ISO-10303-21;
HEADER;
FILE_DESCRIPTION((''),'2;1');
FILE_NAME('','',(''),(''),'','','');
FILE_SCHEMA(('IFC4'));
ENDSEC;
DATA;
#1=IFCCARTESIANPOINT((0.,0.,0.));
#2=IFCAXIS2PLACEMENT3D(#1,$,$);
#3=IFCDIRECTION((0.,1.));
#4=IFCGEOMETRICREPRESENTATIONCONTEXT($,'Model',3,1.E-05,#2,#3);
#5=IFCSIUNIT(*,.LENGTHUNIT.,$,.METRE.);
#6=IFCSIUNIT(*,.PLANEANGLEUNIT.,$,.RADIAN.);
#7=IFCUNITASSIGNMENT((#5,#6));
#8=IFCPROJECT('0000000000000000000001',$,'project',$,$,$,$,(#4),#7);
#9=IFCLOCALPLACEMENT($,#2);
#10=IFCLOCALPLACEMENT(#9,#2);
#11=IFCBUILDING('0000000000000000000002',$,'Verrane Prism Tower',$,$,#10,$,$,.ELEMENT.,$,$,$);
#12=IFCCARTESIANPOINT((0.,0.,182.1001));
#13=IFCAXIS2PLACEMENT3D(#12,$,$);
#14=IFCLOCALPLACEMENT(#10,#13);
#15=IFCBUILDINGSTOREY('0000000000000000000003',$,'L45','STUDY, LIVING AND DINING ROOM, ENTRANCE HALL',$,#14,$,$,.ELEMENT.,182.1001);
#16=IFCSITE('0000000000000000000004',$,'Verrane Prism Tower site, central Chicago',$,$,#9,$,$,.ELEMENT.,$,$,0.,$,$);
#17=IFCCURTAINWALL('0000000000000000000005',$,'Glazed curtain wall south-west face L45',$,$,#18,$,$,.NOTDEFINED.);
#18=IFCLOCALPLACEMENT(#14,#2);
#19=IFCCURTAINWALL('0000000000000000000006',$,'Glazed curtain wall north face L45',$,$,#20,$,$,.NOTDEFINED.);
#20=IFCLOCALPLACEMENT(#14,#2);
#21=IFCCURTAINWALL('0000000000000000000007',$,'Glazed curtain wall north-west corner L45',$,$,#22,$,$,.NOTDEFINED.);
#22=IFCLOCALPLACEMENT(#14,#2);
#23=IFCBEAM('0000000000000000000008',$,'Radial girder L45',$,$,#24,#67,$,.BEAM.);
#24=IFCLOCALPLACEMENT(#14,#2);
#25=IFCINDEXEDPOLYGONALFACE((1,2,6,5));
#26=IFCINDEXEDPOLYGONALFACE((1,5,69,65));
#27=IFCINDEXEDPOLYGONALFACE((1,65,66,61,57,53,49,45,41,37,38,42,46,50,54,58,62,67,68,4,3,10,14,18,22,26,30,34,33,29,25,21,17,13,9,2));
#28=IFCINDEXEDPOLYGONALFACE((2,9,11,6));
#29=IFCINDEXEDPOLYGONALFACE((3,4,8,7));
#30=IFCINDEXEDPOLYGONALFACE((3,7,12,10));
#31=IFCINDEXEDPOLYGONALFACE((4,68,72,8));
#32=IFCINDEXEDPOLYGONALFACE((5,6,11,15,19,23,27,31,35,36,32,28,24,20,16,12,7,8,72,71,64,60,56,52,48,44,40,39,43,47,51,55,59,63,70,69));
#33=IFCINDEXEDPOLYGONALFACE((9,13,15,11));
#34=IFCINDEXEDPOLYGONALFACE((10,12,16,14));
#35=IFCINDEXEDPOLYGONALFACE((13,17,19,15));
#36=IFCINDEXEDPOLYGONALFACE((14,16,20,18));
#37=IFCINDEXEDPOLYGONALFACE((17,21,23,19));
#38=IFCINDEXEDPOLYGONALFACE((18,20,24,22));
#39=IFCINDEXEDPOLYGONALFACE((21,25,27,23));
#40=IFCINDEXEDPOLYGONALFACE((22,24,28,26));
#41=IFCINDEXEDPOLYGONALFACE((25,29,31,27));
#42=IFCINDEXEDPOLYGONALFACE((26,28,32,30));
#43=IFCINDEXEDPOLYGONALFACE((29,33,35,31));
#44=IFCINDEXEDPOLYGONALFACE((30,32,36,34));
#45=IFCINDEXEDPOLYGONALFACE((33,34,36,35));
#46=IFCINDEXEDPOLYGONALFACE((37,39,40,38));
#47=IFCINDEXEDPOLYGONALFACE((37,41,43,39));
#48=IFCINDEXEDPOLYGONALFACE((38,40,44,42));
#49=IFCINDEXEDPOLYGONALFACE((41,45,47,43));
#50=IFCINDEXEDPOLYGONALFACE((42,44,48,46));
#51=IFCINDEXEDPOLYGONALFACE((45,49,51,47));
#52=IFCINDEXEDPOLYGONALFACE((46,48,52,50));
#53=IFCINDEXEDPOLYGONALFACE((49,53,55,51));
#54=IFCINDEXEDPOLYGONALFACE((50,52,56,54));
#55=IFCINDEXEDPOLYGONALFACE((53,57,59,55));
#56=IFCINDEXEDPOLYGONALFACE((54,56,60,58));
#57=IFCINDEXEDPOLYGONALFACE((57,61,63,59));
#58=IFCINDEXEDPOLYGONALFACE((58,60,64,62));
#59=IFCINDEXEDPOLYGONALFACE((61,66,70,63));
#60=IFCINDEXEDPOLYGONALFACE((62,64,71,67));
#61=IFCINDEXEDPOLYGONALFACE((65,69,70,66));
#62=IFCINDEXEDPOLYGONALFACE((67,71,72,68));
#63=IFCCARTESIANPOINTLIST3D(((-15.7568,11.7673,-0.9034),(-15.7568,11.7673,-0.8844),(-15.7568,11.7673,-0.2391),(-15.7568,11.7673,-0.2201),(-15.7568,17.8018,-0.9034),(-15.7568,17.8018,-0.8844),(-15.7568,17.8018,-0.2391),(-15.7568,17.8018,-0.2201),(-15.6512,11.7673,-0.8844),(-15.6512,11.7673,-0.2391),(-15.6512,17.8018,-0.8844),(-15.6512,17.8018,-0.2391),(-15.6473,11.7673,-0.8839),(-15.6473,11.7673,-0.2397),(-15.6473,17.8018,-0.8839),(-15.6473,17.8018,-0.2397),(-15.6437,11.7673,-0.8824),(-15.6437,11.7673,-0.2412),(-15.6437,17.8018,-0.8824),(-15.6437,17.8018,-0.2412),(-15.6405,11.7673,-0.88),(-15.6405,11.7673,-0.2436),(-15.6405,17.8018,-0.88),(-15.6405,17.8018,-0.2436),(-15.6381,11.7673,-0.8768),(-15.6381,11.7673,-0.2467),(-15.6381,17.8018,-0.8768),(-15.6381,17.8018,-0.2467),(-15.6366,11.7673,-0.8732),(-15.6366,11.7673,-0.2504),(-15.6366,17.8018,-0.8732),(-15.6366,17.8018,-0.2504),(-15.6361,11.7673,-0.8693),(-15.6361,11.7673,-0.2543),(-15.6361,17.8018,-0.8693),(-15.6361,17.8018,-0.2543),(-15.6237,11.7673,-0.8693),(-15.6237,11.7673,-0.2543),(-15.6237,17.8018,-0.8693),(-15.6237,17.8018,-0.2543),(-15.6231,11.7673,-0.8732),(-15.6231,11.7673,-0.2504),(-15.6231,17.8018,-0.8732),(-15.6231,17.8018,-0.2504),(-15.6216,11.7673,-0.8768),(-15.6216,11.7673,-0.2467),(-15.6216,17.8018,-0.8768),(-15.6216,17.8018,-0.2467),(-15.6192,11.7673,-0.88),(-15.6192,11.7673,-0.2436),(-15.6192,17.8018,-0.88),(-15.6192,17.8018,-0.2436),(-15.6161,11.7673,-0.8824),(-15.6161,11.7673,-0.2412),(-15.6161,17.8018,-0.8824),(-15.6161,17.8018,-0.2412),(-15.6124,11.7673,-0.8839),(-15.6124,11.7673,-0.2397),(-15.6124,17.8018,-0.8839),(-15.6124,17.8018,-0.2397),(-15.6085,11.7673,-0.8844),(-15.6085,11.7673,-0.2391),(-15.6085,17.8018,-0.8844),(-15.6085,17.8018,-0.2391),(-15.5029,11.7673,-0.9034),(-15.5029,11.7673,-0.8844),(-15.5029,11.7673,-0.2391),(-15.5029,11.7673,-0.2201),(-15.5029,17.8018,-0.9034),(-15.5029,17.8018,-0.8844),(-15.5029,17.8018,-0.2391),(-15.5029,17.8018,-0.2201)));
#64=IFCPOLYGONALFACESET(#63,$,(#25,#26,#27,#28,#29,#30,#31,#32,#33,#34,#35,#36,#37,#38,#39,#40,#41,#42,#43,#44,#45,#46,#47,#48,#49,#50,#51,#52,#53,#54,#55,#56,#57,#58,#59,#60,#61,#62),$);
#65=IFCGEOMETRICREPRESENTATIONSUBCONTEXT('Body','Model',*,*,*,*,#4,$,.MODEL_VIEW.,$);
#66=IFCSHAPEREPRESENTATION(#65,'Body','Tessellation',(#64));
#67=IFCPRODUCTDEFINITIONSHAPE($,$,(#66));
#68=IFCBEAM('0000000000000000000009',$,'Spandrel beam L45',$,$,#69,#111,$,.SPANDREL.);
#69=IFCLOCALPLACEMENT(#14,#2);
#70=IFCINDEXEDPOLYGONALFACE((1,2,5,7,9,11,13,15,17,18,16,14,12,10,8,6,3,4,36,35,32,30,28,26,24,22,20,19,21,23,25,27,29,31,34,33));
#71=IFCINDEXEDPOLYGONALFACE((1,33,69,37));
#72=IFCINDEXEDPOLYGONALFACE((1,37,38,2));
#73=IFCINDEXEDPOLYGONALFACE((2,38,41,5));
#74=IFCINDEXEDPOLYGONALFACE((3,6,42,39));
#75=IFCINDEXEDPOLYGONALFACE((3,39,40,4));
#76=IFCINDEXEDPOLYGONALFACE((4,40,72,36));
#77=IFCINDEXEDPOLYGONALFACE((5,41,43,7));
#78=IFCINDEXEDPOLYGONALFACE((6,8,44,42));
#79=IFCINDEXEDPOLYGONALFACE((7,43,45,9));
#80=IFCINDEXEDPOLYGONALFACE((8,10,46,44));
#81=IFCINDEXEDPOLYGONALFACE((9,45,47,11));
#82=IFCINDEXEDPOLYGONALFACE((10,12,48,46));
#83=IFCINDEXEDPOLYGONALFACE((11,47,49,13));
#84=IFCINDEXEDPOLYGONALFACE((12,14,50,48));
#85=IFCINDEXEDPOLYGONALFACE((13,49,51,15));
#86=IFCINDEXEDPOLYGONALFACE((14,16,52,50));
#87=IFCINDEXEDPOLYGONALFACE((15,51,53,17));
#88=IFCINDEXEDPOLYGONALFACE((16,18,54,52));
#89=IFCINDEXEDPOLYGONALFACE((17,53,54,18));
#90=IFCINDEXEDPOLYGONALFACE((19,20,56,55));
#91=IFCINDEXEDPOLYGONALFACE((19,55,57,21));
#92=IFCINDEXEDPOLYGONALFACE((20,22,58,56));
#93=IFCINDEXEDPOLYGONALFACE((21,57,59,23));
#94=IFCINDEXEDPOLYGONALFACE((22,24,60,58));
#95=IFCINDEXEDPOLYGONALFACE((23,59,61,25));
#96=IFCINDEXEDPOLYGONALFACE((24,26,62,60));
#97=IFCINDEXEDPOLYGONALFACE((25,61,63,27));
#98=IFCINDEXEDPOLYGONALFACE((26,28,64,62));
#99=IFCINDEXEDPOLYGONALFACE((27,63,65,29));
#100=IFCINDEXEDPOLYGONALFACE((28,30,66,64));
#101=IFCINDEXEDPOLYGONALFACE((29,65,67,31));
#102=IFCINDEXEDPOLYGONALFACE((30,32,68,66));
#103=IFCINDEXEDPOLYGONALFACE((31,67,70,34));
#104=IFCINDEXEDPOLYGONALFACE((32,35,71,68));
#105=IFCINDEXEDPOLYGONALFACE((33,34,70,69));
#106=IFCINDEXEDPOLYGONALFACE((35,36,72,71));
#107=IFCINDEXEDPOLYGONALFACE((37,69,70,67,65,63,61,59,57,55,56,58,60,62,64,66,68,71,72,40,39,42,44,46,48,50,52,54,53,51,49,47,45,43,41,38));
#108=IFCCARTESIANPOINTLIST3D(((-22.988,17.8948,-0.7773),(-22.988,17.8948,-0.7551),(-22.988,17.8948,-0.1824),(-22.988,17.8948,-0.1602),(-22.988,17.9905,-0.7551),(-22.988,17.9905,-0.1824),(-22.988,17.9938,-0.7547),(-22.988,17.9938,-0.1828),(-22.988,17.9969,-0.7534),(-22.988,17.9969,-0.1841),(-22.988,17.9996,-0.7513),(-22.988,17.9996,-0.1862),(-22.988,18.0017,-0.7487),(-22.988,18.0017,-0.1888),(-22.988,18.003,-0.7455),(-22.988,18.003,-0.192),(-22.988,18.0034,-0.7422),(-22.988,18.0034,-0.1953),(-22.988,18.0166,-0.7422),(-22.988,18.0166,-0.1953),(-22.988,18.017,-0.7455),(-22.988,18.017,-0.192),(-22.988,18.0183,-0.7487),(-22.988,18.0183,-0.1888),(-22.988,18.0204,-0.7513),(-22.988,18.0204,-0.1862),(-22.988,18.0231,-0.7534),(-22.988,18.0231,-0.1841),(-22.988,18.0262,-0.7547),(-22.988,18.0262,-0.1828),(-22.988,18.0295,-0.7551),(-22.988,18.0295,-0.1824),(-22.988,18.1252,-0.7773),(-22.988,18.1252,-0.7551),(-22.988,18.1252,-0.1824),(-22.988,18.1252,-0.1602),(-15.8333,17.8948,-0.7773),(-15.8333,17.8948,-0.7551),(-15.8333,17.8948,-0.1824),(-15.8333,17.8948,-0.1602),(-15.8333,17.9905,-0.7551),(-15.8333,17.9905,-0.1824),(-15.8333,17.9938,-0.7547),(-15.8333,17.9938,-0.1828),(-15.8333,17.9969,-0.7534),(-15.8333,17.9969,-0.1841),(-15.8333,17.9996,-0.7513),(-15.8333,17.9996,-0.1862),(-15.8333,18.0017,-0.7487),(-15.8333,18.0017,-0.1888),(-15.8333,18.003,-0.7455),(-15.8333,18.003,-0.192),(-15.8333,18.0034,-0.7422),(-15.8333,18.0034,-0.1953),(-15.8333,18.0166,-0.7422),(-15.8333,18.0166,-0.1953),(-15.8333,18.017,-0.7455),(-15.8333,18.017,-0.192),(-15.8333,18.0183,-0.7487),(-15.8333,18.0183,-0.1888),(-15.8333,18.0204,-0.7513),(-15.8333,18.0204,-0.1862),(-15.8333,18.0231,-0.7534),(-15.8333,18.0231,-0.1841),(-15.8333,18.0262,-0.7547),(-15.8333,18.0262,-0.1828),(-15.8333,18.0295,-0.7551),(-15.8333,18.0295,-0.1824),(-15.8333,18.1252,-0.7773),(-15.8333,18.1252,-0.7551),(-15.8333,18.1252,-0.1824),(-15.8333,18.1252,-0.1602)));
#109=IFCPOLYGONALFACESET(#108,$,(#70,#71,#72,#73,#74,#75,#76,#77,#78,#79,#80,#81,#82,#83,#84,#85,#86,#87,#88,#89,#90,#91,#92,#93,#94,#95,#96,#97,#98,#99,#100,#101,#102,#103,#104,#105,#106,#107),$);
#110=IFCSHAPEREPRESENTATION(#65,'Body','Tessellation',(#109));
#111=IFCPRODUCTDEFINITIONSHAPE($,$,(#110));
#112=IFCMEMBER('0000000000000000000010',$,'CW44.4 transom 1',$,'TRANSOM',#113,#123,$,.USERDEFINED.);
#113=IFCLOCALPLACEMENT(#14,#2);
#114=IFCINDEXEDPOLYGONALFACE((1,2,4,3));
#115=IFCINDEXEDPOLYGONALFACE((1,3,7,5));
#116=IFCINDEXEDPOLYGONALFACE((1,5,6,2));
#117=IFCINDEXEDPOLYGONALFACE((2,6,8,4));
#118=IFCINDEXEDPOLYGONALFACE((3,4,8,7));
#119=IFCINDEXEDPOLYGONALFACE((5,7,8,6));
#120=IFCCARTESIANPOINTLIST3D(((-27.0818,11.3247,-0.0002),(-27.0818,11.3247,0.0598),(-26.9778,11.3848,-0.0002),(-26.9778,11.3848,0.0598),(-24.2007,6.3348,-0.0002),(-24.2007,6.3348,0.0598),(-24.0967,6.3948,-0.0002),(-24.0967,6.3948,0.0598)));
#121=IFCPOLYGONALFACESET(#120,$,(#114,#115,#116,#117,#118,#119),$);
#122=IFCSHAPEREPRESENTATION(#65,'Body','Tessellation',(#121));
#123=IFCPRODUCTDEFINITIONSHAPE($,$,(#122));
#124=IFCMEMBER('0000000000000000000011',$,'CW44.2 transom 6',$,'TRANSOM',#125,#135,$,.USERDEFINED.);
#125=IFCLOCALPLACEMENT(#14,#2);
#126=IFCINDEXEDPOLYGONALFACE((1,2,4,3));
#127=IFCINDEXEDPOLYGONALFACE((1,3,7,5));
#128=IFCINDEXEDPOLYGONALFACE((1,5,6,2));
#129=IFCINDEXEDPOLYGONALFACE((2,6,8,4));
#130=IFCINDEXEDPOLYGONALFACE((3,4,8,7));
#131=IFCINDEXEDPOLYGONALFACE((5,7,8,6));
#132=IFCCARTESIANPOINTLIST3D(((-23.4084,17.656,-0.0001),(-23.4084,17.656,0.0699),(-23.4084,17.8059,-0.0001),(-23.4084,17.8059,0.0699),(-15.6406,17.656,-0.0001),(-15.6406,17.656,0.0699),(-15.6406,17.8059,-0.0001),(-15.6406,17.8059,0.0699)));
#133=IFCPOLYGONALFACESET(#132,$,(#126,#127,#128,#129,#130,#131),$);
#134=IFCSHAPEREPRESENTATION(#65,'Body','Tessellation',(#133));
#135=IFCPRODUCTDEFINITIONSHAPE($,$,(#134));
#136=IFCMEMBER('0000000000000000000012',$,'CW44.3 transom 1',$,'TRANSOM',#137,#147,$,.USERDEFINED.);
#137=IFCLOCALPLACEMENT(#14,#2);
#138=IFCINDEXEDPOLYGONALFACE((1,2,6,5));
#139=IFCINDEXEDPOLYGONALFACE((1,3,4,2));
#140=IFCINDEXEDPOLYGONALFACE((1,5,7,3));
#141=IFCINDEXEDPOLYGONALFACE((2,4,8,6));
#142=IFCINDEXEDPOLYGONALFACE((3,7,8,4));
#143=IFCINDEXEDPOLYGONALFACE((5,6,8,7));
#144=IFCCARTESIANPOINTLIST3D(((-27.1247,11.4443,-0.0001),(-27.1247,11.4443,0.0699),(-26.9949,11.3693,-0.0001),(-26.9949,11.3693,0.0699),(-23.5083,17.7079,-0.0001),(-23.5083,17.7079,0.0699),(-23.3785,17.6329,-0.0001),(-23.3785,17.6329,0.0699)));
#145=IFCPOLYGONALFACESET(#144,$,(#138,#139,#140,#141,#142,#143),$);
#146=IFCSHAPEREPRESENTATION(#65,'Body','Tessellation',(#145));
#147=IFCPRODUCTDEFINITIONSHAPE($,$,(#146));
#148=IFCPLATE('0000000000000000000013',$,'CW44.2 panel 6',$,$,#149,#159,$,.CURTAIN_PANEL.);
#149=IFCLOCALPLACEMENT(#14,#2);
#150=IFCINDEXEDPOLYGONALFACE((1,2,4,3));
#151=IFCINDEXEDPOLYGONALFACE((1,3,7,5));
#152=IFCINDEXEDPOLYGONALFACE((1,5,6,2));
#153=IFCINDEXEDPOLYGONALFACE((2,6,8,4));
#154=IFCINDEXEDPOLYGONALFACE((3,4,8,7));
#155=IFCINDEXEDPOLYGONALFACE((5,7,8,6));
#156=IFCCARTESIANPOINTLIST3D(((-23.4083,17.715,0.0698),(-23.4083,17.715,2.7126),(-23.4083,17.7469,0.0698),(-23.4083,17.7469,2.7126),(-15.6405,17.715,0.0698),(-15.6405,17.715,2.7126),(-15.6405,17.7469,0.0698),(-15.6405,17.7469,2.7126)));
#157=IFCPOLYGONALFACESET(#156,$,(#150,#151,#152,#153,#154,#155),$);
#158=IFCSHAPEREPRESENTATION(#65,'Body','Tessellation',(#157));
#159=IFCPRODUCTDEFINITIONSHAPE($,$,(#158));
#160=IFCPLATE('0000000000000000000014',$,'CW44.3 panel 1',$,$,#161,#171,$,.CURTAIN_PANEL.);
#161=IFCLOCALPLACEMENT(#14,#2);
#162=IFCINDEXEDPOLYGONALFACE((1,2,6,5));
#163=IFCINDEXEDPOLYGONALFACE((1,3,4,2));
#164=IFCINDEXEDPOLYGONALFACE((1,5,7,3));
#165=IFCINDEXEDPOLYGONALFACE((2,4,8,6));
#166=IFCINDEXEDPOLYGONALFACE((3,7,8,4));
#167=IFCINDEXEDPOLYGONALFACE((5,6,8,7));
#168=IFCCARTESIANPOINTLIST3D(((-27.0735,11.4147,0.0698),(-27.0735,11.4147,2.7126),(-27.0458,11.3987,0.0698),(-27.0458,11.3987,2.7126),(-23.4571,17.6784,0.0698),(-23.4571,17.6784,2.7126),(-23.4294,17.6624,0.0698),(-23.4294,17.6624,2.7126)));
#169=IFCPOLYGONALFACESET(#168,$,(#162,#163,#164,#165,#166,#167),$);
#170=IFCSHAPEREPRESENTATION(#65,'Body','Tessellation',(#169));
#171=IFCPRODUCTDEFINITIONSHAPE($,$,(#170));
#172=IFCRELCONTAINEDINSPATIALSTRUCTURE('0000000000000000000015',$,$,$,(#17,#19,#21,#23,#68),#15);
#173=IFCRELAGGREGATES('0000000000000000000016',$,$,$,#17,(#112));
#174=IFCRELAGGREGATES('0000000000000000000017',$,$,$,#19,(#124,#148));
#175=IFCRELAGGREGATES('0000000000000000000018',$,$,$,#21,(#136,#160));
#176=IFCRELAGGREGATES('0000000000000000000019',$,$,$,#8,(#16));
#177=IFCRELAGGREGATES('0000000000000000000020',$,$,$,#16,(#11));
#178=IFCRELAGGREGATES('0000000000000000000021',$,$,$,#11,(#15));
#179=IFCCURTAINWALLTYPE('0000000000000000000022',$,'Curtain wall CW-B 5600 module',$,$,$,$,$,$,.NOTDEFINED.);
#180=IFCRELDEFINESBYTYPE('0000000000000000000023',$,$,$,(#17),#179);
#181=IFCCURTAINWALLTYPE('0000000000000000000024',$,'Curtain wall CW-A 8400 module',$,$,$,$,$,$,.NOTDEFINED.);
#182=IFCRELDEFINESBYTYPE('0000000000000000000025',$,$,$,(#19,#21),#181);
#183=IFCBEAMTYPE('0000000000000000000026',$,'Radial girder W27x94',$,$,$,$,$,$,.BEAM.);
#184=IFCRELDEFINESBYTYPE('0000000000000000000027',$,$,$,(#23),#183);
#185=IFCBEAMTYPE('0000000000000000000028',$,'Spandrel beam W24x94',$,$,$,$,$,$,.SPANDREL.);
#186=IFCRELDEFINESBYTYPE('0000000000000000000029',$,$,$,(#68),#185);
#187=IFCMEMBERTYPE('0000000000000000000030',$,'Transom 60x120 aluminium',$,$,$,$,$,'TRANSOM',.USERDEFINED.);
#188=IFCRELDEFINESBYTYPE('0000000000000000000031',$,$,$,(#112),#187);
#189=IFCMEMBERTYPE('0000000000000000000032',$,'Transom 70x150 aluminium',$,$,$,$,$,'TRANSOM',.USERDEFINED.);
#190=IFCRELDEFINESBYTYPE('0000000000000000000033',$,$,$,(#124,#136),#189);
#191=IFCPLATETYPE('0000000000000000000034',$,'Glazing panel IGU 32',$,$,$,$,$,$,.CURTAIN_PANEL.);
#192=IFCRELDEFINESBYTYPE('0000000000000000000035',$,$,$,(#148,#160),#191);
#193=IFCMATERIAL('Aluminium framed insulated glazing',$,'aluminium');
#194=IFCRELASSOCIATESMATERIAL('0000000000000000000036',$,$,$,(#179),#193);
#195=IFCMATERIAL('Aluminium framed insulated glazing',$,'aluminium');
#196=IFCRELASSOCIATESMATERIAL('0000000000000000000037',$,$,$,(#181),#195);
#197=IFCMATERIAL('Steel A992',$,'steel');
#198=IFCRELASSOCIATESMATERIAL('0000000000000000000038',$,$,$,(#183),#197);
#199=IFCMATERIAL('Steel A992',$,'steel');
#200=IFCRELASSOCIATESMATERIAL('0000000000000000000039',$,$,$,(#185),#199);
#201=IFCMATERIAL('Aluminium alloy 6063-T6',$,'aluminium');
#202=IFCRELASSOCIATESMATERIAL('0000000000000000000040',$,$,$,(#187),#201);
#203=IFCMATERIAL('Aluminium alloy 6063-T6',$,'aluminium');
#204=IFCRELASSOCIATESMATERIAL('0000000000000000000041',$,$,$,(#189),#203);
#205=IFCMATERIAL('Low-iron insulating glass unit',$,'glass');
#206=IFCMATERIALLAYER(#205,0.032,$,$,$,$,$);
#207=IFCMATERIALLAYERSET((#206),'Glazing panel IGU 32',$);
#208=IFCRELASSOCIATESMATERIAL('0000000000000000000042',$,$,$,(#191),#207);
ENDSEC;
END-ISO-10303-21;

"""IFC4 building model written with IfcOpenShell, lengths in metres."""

from ifc_helpers import new_model, si_unit, direction, frame, origin, origin_2d, place, context, subcontext, project, spatial, rectangle, i_section, extrude, material, layer, layer_set, material_profile, profile_set, type_object, element, aggregate, save


model = new_model("IFC4")

# Units and contexts
model_context = context("Model", 3, precision=1e-05, world=origin(), true_north=direction((0.0, 1.0)))
body_context = subcontext(model_context, "Body", "Model", "MODEL_VIEW")
ifc_project = project(units=[si_unit("LENGTHUNIT", "METRE"), si_unit("PLANEANGLEUNIT", "RADIAN")], contexts=[model_context])

# Site, building, storey
site_placement = place(None, origin())
site = spatial("IfcSite", under=ifc_project, at=site_placement, Name="Verrane Prism Tower site, central Chicago", CompositionType="ELEMENT", RefElevation=0.0)
building_placement = place(site_placement, origin())
building = spatial("IfcBuilding", under=site, at=building_placement, Name="Verrane Prism Tower", CompositionType="ELEMENT")
storey_placement = place(building_placement, frame((0.0, 0.0, 182.1001)))
storey = spatial("IfcBuildingStorey", under=building, at=storey_placement, Name="L45", Description="STUDY, LIVING AND DINING ROOM, ENTRANCE HALL", CompositionType="ELEMENT", Elevation=182.1001)

# Curtain walls
ifc_material_1 = material(Name="Aluminium framed insulated glazing", Category="aluminium")
curtain_wall_type_1 = type_object("IfcCurtainWallType", Name="Curtain wall CW-B 5600 module", PredefinedType="NOTDEFINED", material=ifc_material_1)
curtain_wall_1_placement = place(storey_placement, origin())
curtain_wall_1 = element("IfcCurtainWall", 1, at=curtain_wall_1_placement, inside=storey, type_object=curtain_wall_type_1, Name="Glazed curtain wall south-west face L45", PredefinedType="NOTDEFINED")
ifc_material_2 = material(Name="Aluminium framed insulated glazing", Category="aluminium")
curtain_wall_type_2 = type_object("IfcCurtainWallType", Name="Curtain wall CW-A 8400 module", PredefinedType="NOTDEFINED", material=ifc_material_2)
curtain_wall_2_placement = place(storey_placement, origin())
curtain_wall_2 = element("IfcCurtainWall", 2, at=curtain_wall_2_placement, inside=storey, type_object=curtain_wall_type_2, Name="Glazed curtain wall north face L45", PredefinedType="NOTDEFINED")
curtain_wall_3_placement = place(storey_placement, origin())
curtain_wall_3 = element("IfcCurtainWall", 3, at=curtain_wall_3_placement, inside=storey, type_object=curtain_wall_type_2, Name="Glazed curtain wall north-west corner L45", PredefinedType="NOTDEFINED")

# Beams
ifc_material_3 = material(Name="Steel A992", Category="steel")
ifc_material_profile_1 = material_profile(ifc_material_3, i_section(OverallWidth=0.2539, OverallDepth=0.6833, WebThickness=0.0125, FlangeThickness=0.019, FilletRadius=0.0151, at=origin_2d()), Name="W27x94")
ifc_profile_set_1 = profile_set([ifc_material_profile_1], Name="Steel A992")
beam_type_1 = type_object("IfcBeamType", Name="Radial girder W27x94", PredefinedType="BEAM", material=ifc_profile_set_1)
beam_1_placement = place(storey_placement, frame((-15.6299, 17.8018, -0.5618), z_axis=(0.0, -1.0, 0.0), x_axis=(1.0, 0.0, 0.0)))
element("IfcBeam", 4, at=beam_1_placement, inside=storey, type_object=beam_type_1, Name="Radial girder L45", PredefinedType="BEAM", context=body_context, shape_type="SweptSolid", body=[
    extrude(i_section(OverallWidth=0.2539, OverallDepth=0.6833, WebThickness=0.0125, FlangeThickness=0.019, FilletRadius=0.0151, at=origin_2d()), origin(), (0.0, 0.0, 1.0), 6.0344),
])
ifc_material_4 = material(Name="Steel A992", Category="steel")
ifc_material_profile_2 = material_profile(ifc_material_4, i_section(OverallWidth=0.2305, OverallDepth=0.6172, WebThickness=0.0132, FlangeThickness=0.0222, FilletRadius=0.0129, at=origin_2d()), Name="W24x94")
ifc_profile_set_2 = profile_set([ifc_material_profile_2], Name="Steel A992")
beam_type_2 = type_object("IfcBeamType", Name="Spandrel beam W24x94", PredefinedType="SPANDREL", material=ifc_profile_set_2)
beam_2_placement = place(storey_placement, frame((-15.8333, 18.01, -0.4688), z_axis=(-1.0, 0.0, 0.0), x_axis=(0.0, -1.0, 0.0)))
element("IfcBeam", 5, at=beam_2_placement, inside=storey, type_object=beam_type_2, Name="Spandrel beam L45", PredefinedType="SPANDREL", context=body_context, shape_type="SweptSolid", body=[
    extrude(i_section(OverallWidth=0.2305, OverallDepth=0.6172, WebThickness=0.0132, FlangeThickness=0.0222, FilletRadius=0.0129, at=origin_2d()), origin(), (0.0, 0.0, 1.0), 7.1548),
])

# Members
ifc_material_5 = material(Name="Aluminium alloy 6063-T6", Category="aluminium")
ifc_material_profile_3 = material_profile(ifc_material_5, rectangle(XDim=0.1201, YDim=0.0601, at=origin_2d()), Name="Transom 60x120 aluminium")
ifc_profile_set_3 = profile_set([ifc_material_profile_3], Name="Aluminium alloy 6063-T6")
member_type_1 = type_object("IfcMemberType", Name="Transom 60x120 aluminium", ElementType="TRANSOM", PredefinedType="USERDEFINED", material=ifc_profile_set_3)
member_1_placement = place(storey_placement, frame((-27.0298, 11.3547, 0.0298), z_axis=(0.500017, -0.866016, 0.0), x_axis=(0.866016, 0.500017, 0.0)))
member_1 = element("IfcMember", 6, at=member_1_placement, type_object=member_type_1, Name="CW44.4 transom 1", ObjectType="TRANSOM", PredefinedType="USERDEFINED", context=body_context, shape_type="SweptSolid", body=[
    extrude(rectangle(XDim=0.1201, YDim=0.0601, at=origin_2d()), origin(), (0.0, 0.0, 1.0), 5.762),
])
aggregate(curtain_wall_1, [member_1])
ifc_material_6 = material(Name="Aluminium alloy 6063-T6", Category="aluminium")
ifc_material_profile_4 = material_profile(ifc_material_6, rectangle(XDim=0.1499, YDim=0.0701, at=origin_2d()), Name="Transom 70x150 aluminium")
ifc_profile_set_4 = profile_set([ifc_material_profile_4], Name="Aluminium alloy 6063-T6")
member_type_2 = type_object("IfcMemberType", Name="Transom 70x150 aluminium", ElementType="TRANSOM", PredefinedType="USERDEFINED", material=ifc_profile_set_4)
member_2_placement = place(storey_placement, frame((-15.6406, 17.731, 0.0349), z_axis=(-1.0, 0.0, 0.0), x_axis=(0.0, -1.0, 0.0)))
member_2 = element("IfcMember", 7, at=member_2_placement, type_object=member_type_2, Name="CW44.2 transom 6", ObjectType="TRANSOM", PredefinedType="USERDEFINED", context=body_context, shape_type="SweptSolid", body=[
    extrude(rectangle(XDim=0.1499, YDim=0.0701, at=origin_2d()), origin(), (0.0, 0.0, 1.0), 7.7678),
])
member_3_placement = place(storey_placement, frame((-23.4434, 17.6704, 0.0349), z_axis=(-0.500013, -0.866018, 0.0), x_axis=(0.866018, -0.500013, 0.0)))
member_3 = element("IfcMember", 8, at=member_3_placement, type_object=member_type_2, Name="CW44.3 transom 1", ObjectType="TRANSOM", PredefinedType="USERDEFINED", context=body_context, shape_type="SweptSolid", body=[
    extrude(rectangle(XDim=0.1499, YDim=0.0701, at=origin_2d()), origin(), (0.0, 0.0, 1.0), 7.2327),
])

# Plates
ifc_material_7 = material(Name="Low-iron insulating glass unit", Category="glass")
ifc_layer_1 = layer(ifc_material_7, 0.032)
ifc_layer_set_1 = layer_set([ifc_layer_1], Name="Glazing panel IGU 32")
plate_type = type_object("IfcPlateType", Name="Glazing panel IGU 32", PredefinedType="CURTAIN_PANEL", material=ifc_layer_set_1)
plate_1_placement = place(storey_placement, frame((-19.5244, 17.731, 0.0698), z_axis=(0.0, 0.0, 1.0), x_axis=(-1.0, 0.0, 0.0)))
plate_1 = element("IfcPlate", 9, at=plate_1_placement, type_object=plate_type, Name="CW44.2 panel 6", PredefinedType="CURTAIN_PANEL", context=body_context, shape_type="SweptSolid", body=[
    extrude(rectangle(XDim=7.7678, YDim=0.032, at=origin_2d()), origin(), (0.0, 0.0, 1.0), 2.6428),
])
aggregate(curtain_wall_2, [member_2, plate_1])
plate_2_placement = place(storey_placement, frame((-25.2515, 14.5386, 0.0698), z_axis=(0.0, 0.0, 1.0), x_axis=(-0.500002, -0.866024, 0.0)))
plate_2 = element("IfcPlate", 10, at=plate_2_placement, type_object=plate_type, Name="CW44.3 panel 1", PredefinedType="CURTAIN_PANEL", context=body_context, shape_type="SweptSolid", body=[
    extrude(rectangle(XDim=7.2327, YDim=0.032, at=origin_2d()), origin(), (0.0, 0.0, 1.0), 2.6428),
])
aggregate(curtain_wall_3, [member_3, plate_2])

save(model, "model.ifc")
